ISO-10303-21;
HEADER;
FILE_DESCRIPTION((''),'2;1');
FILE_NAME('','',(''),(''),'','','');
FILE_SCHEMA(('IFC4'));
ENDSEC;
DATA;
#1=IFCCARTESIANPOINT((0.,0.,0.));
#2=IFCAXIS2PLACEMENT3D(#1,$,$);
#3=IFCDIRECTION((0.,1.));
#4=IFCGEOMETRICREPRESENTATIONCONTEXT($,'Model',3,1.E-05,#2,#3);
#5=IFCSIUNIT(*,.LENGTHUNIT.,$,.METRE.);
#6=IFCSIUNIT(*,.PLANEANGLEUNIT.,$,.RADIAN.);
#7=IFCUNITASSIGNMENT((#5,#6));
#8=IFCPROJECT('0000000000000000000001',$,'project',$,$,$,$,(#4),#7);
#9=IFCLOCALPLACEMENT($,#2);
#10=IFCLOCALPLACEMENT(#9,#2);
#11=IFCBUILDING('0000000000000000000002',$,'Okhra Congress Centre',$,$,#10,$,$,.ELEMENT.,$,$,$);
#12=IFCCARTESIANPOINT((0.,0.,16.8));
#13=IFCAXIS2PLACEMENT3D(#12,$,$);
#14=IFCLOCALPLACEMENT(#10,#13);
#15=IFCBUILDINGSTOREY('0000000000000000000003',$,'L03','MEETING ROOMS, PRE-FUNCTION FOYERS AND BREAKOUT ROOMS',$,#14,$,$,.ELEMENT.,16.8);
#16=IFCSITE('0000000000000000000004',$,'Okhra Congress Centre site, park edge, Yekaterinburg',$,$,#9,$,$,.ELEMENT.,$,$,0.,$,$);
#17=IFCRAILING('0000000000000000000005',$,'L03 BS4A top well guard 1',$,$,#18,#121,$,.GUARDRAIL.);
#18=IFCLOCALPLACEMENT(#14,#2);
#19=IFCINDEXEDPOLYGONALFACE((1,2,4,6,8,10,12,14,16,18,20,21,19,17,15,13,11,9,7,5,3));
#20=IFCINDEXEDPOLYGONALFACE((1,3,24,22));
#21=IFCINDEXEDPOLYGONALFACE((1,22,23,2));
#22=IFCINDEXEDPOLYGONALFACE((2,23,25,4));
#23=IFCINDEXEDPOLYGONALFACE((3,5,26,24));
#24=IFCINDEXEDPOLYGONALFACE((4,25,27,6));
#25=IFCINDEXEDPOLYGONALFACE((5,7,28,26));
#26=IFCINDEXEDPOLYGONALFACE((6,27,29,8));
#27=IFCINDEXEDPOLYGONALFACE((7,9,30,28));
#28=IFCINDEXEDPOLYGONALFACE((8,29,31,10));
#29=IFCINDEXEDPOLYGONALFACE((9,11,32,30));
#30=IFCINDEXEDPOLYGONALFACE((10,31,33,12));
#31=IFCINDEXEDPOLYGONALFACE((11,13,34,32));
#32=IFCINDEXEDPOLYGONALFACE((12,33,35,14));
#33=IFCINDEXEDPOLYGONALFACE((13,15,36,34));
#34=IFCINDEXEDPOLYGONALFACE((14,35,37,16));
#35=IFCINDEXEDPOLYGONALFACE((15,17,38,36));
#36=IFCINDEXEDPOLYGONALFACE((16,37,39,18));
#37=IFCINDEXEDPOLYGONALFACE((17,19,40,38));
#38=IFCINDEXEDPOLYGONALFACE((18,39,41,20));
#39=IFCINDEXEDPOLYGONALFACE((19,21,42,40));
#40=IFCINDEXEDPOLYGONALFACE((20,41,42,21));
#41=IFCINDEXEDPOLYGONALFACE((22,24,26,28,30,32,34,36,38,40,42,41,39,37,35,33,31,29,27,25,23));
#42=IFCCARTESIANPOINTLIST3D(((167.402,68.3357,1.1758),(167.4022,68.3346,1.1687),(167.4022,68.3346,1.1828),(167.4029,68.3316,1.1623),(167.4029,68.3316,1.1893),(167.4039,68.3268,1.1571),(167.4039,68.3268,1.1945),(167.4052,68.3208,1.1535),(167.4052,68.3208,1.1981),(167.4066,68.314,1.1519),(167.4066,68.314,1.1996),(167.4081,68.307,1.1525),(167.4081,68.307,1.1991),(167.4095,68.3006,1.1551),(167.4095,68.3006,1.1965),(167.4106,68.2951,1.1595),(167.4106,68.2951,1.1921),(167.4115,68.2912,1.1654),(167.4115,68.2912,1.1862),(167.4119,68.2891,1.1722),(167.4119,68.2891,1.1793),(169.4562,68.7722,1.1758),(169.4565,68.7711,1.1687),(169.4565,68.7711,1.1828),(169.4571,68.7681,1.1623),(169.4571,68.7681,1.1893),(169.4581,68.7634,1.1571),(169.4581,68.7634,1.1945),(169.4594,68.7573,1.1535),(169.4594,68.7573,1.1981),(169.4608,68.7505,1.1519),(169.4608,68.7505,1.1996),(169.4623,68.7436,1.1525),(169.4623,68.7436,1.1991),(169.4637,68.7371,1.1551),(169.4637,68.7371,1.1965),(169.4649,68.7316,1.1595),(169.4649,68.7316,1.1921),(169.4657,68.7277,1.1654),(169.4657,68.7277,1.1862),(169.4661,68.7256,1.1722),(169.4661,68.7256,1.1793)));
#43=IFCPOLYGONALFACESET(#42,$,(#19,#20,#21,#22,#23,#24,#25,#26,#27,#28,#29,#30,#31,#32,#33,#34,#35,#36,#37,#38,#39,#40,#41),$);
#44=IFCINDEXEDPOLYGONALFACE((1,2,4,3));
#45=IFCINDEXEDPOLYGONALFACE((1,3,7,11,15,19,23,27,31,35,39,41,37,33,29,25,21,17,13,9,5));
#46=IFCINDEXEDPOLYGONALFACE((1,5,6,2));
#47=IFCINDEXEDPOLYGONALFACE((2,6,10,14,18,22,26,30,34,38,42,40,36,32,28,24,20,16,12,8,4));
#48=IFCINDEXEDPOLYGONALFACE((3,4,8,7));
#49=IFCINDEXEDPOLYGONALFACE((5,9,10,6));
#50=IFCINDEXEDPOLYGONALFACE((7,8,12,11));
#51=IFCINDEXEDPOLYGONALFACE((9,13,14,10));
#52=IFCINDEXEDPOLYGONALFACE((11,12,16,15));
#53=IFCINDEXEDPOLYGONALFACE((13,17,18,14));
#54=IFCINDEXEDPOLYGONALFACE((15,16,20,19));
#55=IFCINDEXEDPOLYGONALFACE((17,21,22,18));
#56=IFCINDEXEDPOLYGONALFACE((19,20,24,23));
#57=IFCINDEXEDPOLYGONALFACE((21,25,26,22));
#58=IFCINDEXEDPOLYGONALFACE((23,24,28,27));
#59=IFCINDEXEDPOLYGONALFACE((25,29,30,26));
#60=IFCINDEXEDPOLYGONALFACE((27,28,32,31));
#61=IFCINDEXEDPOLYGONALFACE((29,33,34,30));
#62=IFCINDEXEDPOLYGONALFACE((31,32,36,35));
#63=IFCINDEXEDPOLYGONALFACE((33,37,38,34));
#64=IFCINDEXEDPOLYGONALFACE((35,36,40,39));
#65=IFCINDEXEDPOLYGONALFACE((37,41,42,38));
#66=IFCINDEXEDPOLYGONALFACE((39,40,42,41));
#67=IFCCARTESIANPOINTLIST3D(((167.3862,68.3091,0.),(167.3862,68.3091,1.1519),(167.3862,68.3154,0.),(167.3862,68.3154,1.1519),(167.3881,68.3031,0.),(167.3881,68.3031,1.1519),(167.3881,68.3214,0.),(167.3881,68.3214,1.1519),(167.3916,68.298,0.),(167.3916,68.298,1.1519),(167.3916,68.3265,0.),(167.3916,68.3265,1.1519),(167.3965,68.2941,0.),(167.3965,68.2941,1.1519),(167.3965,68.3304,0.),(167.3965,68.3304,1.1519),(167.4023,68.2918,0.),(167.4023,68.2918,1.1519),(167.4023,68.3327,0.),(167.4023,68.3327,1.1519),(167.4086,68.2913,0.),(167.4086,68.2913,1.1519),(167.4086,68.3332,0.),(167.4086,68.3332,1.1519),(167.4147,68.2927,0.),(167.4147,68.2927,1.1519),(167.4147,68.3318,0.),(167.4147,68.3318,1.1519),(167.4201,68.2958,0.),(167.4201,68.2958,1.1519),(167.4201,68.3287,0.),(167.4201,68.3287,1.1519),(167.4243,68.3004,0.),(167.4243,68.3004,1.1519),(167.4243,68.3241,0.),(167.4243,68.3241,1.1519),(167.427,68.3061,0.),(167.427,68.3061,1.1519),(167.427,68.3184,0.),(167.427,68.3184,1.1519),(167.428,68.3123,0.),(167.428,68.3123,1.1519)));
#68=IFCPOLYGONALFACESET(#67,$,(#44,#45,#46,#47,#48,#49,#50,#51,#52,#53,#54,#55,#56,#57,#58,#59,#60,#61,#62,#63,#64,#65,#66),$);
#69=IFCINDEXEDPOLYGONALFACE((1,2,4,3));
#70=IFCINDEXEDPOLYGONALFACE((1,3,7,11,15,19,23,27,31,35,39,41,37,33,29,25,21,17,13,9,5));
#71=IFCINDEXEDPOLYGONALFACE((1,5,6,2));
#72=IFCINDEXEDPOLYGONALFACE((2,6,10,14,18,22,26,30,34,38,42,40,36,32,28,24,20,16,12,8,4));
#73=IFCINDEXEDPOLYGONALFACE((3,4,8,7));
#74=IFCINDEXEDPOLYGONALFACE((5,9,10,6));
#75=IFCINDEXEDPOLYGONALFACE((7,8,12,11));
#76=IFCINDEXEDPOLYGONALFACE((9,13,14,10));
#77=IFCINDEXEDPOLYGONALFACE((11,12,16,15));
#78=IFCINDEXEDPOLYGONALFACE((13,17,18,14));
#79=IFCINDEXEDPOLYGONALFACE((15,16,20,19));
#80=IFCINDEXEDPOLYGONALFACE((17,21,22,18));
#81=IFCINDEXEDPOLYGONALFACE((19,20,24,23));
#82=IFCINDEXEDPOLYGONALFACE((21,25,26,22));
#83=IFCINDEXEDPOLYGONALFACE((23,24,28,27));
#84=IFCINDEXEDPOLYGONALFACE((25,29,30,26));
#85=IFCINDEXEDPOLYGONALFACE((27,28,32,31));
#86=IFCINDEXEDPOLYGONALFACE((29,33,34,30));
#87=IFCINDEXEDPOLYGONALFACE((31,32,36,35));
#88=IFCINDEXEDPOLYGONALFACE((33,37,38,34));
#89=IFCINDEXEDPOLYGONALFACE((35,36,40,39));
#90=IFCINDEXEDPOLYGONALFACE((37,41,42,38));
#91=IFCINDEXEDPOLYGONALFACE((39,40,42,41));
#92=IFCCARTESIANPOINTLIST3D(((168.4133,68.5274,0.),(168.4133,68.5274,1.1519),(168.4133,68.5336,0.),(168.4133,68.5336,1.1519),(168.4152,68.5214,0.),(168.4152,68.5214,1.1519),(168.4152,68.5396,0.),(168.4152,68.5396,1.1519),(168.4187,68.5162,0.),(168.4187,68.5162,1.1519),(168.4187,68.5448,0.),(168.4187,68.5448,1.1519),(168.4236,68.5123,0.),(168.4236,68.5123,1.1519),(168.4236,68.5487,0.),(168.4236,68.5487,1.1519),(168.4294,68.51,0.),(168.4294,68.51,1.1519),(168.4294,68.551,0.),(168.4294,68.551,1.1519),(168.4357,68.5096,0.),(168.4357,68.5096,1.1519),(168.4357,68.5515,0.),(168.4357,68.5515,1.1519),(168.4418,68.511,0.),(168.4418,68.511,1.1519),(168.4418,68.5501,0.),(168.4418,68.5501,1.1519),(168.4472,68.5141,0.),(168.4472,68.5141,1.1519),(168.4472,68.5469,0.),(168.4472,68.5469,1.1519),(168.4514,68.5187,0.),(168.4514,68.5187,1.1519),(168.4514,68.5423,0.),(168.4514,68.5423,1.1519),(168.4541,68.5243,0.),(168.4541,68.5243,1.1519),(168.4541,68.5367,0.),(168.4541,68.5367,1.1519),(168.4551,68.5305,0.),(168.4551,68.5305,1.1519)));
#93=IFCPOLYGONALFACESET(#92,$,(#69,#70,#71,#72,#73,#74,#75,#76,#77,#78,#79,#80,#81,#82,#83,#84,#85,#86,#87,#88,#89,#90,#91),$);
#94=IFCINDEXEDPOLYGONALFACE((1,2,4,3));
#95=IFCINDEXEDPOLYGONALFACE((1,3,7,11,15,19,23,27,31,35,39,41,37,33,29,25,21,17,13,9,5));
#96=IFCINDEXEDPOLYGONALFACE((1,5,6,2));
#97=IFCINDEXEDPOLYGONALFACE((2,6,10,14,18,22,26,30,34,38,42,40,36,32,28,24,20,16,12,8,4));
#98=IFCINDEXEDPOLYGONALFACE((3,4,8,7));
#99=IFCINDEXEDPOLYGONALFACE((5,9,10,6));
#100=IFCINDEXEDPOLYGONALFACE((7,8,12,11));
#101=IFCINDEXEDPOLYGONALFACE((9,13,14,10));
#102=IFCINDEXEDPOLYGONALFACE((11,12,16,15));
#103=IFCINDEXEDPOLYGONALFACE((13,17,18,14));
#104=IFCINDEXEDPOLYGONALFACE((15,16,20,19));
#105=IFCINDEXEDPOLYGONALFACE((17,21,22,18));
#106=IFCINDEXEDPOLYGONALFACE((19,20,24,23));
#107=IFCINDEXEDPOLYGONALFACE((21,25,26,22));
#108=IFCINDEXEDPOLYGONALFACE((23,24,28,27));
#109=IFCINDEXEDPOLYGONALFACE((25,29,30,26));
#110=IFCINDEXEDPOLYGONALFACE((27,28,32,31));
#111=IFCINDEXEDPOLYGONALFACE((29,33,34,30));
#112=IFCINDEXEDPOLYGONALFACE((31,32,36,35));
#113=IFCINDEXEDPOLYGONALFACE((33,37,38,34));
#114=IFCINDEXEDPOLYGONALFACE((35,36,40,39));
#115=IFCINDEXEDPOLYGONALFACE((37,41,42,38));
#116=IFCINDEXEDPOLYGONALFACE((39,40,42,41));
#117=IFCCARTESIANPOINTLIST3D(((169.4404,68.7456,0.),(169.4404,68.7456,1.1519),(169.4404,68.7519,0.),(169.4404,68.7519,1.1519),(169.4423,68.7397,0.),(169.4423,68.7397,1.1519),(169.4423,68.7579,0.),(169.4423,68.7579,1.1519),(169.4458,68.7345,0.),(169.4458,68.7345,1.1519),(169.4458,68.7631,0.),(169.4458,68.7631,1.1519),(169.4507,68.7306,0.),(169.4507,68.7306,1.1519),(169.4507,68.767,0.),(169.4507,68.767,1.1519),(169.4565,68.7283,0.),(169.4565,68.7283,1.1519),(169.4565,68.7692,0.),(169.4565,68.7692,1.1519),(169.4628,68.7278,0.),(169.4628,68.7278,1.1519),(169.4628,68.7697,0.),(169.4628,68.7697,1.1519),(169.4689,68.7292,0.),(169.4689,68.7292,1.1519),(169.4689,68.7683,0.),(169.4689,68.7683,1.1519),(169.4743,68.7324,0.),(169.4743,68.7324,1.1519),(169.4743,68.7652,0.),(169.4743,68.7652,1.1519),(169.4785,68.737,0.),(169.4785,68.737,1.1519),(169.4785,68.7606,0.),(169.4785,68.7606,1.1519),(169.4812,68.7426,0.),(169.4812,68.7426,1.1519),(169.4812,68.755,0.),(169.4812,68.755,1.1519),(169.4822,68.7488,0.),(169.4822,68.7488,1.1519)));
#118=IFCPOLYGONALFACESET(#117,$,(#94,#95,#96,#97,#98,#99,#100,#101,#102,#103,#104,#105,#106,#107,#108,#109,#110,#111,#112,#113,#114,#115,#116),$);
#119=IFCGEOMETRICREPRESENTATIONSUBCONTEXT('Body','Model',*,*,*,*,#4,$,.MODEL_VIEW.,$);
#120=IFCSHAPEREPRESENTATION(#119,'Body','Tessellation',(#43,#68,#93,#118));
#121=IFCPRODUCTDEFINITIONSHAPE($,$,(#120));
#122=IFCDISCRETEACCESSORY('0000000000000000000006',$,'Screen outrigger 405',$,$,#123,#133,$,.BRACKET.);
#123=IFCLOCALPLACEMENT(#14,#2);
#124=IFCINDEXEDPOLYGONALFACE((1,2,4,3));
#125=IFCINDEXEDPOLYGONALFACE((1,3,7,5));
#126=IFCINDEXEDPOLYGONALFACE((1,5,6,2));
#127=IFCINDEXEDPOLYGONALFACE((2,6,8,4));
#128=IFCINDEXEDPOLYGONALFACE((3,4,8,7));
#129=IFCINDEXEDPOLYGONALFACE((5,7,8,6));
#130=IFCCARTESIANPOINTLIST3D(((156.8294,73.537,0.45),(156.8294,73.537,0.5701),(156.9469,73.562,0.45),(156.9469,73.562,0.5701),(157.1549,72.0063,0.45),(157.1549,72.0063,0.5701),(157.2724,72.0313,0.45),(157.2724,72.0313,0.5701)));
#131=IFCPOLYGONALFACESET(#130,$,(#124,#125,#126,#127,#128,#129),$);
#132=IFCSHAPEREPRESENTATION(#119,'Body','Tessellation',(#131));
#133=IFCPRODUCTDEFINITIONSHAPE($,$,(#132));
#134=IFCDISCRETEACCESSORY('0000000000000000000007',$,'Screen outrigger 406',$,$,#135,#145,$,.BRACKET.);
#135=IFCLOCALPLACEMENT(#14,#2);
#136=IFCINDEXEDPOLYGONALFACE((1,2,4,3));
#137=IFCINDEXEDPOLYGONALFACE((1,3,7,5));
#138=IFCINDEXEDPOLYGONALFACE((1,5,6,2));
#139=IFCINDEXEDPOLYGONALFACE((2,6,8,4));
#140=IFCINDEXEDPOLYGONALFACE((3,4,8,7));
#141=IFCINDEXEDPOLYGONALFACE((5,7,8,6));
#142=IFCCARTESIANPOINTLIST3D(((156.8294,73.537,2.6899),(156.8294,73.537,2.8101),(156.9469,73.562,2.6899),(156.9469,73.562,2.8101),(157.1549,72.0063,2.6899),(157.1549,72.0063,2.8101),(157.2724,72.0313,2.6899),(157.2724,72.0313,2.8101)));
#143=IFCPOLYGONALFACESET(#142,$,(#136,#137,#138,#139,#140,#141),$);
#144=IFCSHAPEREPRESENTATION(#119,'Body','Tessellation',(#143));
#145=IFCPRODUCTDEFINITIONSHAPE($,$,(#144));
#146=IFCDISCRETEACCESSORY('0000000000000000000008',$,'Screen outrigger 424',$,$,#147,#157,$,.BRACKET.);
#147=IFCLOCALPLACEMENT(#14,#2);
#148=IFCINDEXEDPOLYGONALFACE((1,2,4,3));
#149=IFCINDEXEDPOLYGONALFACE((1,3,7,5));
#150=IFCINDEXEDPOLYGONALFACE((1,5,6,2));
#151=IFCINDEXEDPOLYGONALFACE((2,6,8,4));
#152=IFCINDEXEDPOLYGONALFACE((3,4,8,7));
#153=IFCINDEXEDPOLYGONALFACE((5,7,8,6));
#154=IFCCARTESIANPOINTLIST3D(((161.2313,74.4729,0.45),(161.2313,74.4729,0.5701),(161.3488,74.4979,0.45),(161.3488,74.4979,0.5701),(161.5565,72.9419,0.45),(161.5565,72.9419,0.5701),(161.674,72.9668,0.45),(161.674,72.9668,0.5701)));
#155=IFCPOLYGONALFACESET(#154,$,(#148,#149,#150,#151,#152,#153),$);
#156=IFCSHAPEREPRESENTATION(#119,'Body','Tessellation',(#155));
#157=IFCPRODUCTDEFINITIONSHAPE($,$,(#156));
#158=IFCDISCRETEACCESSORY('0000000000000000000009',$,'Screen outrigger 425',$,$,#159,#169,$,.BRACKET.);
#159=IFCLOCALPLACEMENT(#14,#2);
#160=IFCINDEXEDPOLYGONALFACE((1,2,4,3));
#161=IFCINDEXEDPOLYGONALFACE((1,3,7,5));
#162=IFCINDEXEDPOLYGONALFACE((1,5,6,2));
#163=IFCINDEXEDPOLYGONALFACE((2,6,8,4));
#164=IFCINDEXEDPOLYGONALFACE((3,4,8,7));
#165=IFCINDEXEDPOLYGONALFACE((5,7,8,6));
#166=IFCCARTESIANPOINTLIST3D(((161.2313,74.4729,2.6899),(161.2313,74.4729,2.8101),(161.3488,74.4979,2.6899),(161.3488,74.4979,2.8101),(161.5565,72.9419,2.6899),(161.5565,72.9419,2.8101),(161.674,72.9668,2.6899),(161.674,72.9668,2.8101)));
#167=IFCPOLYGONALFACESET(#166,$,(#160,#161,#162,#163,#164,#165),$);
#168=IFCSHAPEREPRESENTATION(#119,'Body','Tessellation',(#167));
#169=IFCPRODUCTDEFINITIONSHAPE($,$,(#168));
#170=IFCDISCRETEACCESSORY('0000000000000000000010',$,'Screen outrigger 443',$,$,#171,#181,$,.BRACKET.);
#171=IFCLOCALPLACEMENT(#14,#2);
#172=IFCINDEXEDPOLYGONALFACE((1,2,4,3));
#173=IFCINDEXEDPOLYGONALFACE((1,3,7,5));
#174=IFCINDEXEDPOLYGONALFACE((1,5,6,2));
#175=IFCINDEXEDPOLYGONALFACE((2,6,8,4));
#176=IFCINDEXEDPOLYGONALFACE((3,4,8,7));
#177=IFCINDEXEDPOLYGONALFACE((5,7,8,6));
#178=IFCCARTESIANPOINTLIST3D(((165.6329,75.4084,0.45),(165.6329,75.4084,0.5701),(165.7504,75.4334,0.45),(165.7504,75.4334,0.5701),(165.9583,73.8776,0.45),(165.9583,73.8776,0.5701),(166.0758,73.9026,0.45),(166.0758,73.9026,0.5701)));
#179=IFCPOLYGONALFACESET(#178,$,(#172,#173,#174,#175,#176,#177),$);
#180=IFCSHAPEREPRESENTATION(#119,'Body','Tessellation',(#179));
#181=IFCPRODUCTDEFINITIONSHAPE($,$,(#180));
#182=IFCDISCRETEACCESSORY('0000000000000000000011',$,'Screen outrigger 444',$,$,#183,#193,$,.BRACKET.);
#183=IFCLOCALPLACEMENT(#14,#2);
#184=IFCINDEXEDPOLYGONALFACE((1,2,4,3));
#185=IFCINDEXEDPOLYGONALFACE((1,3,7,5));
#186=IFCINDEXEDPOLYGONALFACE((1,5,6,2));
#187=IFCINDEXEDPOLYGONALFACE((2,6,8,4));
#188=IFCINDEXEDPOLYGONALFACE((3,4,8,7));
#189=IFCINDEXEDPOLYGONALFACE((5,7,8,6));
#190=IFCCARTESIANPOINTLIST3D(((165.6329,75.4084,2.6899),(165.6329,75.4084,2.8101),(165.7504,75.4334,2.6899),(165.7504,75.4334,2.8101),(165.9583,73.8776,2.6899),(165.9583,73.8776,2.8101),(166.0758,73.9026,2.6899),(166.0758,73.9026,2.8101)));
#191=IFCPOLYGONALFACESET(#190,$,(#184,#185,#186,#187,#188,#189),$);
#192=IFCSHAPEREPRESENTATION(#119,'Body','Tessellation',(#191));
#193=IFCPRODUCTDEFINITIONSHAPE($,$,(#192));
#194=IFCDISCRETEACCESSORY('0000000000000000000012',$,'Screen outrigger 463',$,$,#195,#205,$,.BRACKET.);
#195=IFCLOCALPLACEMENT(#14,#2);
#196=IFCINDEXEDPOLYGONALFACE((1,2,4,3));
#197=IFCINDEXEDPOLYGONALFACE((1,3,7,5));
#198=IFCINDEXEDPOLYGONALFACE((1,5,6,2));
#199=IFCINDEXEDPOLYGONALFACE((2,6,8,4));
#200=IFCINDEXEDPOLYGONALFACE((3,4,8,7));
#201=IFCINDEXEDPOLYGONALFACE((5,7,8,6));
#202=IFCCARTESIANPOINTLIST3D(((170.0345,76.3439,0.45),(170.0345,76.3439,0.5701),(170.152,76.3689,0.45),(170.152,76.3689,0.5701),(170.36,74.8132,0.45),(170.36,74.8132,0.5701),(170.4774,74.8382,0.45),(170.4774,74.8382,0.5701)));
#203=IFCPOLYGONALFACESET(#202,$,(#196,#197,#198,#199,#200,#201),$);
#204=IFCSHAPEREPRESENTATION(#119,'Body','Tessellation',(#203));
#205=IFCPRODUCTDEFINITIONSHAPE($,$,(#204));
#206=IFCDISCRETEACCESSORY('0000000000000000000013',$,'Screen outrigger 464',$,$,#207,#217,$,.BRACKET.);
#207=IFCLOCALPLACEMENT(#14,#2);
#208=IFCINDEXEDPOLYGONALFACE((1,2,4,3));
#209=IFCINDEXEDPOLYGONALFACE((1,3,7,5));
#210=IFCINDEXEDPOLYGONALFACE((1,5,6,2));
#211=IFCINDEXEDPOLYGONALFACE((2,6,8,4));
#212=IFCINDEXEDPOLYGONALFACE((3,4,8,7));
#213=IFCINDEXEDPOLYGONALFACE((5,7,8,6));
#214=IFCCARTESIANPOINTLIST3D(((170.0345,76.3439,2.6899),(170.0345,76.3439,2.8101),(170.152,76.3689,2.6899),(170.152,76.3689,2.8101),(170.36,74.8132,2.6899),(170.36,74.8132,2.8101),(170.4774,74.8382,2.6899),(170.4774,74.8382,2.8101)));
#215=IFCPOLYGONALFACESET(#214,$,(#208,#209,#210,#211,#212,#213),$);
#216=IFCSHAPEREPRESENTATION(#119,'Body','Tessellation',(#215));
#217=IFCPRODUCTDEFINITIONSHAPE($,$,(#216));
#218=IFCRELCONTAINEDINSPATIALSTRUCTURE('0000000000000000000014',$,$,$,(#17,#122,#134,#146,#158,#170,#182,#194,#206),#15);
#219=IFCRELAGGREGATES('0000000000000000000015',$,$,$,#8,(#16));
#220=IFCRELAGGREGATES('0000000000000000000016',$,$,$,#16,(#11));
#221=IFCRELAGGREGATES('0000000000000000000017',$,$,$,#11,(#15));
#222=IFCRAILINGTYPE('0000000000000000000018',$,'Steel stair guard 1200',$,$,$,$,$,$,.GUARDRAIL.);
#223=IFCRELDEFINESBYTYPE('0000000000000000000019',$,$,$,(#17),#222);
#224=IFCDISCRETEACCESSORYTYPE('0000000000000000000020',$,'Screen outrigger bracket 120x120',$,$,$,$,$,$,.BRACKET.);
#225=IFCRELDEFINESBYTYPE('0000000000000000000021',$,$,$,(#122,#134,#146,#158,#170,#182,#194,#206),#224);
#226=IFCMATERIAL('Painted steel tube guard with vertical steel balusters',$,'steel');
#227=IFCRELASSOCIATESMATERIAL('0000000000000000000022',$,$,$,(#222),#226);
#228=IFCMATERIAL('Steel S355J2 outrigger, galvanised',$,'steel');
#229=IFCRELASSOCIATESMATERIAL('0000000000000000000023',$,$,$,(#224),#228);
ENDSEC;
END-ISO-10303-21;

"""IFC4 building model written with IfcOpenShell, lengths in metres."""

from ifc_helpers import new_model, si_unit, direction, frame, origin, origin_2d, place, context, subcontext, project, spatial, rectangle, circle, extrude, material, material_profile, profile_set, type_object, element, save


model = new_model("IFC4")

# Units and contexts
model_context = context("Model", 3, precision=1e-05, world=origin(), true_north=direction((0.0, 1.0)))
body_context = subcontext(model_context, "Body", "Model", "MODEL_VIEW")
ifc_project = project(units=[si_unit("LENGTHUNIT", "METRE"), si_unit("PLANEANGLEUNIT", "RADIAN")], contexts=[model_context])

# Site, building, storey
site_placement = place(None, origin())
site = spatial("IfcSite", under=ifc_project, at=site_placement, Name="Okhra Congress Centre site, park edge, Yekaterinburg", CompositionType="ELEMENT", RefElevation=0.0)
building_placement = place(site_placement, origin())
building = spatial("IfcBuilding", under=site, at=building_placement, Name="Okhra Congress Centre", CompositionType="ELEMENT")
storey_placement = place(building_placement, frame((0.0, 0.0, 16.8)))
storey = spatial("IfcBuildingStorey", under=building, at=storey_placement, Name="L03", Description="MEETING ROOMS, PRE-FUNCTION FOYERS AND BREAKOUT ROOMS", CompositionType="ELEMENT", Elevation=16.8)

# Railing
ifc_material_1 = material(Name="Painted steel tube guard with vertical steel balusters", Category="steel")
railing_type = type_object("IfcRailingType", Name="Steel stair guard 1200", PredefinedType="GUARDRAIL", material=ifc_material_1)
railing_placement = place(storey_placement, frame((167.407, 68.3123, 0.0)))
element("IfcRailing", 1, at=railing_placement, inside=storey, type_object=railing_type, Name="L03 BS4A top well guard 1", PredefinedType="GUARDRAIL", context=body_context, shape_type="SweptSolid", body=[
    extrude(circle(Radius=0.0239, at=origin_2d()), frame((0.0, 0.0, 1.1758), z_axis=(0.978158, 0.207862, 0.0), x_axis=(-0.207862, 0.978158, 0.0)), (0.0, 0.0, 1.0), 2.1001),
    extrude(circle(Radius=0.021, at=origin_2d()), origin(), (0.0, 0.0, 1.0), 1.1519),
    extrude(circle(Radius=0.021, at=origin_2d()), frame((1.0271, 0.2183, 0.0)), (0.0, 0.0, 1.0), 1.1519),
    extrude(circle(Radius=0.021, at=origin_2d()), frame((2.0542, 0.4365, 0.0)), (0.0, 0.0, 1.0), 1.1519),
])

# Discrete accessories
ifc_material_2 = material(Name="Steel S355J2 outrigger, galvanised", Category="steel")
ifc_material_profile_1 = material_profile(ifc_material_2, rectangle(XDim=0.1201, YDim=0.1201, at=origin_2d()), Name="Screen outrigger bracket 120x120")
ifc_profile_set_1 = profile_set([ifc_material_profile_1], Name="Steel S355J2 outrigger, galvanised")
discrete_accessory_type = type_object("IfcDiscreteAccessoryType", Name="Screen outrigger bracket 120x120", PredefinedType="BRACKET", material=ifc_profile_set_1)
for number, where, z_axis, x_axis, name in (
    (2, (157.2136, 72.0188, 0.51), (-0.207952, 0.978139, 0.0), (-0.978139, -0.207952, 0.0), "Screen outrigger 405"),
    (3, (157.2136, 72.0188, 2.75), (-0.207952, 0.978139, 0.0), (-0.978139, -0.207952, 0.0), "Screen outrigger 406"),
):
    element("IfcDiscreteAccessory", number, at=place(storey_placement, frame(where, z_axis=z_axis, x_axis=x_axis)), inside=storey, type_object=discrete_accessory_type, Name=name, PredefinedType="BRACKET", context=body_context, shape_type="SweptSolid", body=[
        extrude(rectangle(XDim=0.1201, YDim=0.1201, at=origin_2d()), origin(), (0.0, 0.0, 1.0), 1.5649),
    ])
for number, where, z_axis, x_axis, name in (
    (4, (161.6152, 72.9543, 0.51), (-0.207771, 0.978177, 0.0), (-0.978177, -0.207771, 0.0), "Screen outrigger 424"),
    (5, (161.6152, 72.9543, 2.75), (-0.207771, 0.978177, 0.0), (-0.978177, -0.207771, 0.0), "Screen outrigger 425"),
):
    element("IfcDiscreteAccessory", number, at=place(storey_placement, frame(where, z_axis=z_axis, x_axis=x_axis)), inside=storey, type_object=discrete_accessory_type, Name=name, PredefinedType="BRACKET", context=body_context, shape_type="SweptSolid", body=[
        extrude(rectangle(XDim=0.1201, YDim=0.1201, at=origin_2d()), origin(), (0.0, 0.0, 1.0), 1.5652),
    ])
for number, where, z_axis, x_axis, name in (
    (6, (166.0171, 73.8901, 0.51), (-0.207952, 0.978139, 0.0), (-0.978139, -0.207952, 0.0), "Screen outrigger 443"),
    (7, (166.0171, 73.8901, 2.75), (-0.207952, 0.978139, 0.0), (-0.978139, -0.207952, 0.0), "Screen outrigger 444"),
    (8, (170.4187, 74.8257, 0.51), (-0.207952, 0.978139, 0.0), (-0.978139, -0.207952, 0.0), "Screen outrigger 463"),
    (9, (170.4187, 74.8257, 2.75), (-0.207952, 0.978139, 0.0), (-0.978139, -0.207952, 0.0), "Screen outrigger 464"),
):
    element("IfcDiscreteAccessory", number, at=place(storey_placement, frame(where, z_axis=z_axis, x_axis=x_axis)), inside=storey, type_object=discrete_accessory_type, Name=name, PredefinedType="BRACKET", context=body_context, shape_type="SweptSolid", body=[
        extrude(rectangle(XDim=0.1201, YDim=0.1201, at=origin_2d()), origin(), (0.0, 0.0, 1.0), 1.5649),
    ])

save(model, "model.ifc")
